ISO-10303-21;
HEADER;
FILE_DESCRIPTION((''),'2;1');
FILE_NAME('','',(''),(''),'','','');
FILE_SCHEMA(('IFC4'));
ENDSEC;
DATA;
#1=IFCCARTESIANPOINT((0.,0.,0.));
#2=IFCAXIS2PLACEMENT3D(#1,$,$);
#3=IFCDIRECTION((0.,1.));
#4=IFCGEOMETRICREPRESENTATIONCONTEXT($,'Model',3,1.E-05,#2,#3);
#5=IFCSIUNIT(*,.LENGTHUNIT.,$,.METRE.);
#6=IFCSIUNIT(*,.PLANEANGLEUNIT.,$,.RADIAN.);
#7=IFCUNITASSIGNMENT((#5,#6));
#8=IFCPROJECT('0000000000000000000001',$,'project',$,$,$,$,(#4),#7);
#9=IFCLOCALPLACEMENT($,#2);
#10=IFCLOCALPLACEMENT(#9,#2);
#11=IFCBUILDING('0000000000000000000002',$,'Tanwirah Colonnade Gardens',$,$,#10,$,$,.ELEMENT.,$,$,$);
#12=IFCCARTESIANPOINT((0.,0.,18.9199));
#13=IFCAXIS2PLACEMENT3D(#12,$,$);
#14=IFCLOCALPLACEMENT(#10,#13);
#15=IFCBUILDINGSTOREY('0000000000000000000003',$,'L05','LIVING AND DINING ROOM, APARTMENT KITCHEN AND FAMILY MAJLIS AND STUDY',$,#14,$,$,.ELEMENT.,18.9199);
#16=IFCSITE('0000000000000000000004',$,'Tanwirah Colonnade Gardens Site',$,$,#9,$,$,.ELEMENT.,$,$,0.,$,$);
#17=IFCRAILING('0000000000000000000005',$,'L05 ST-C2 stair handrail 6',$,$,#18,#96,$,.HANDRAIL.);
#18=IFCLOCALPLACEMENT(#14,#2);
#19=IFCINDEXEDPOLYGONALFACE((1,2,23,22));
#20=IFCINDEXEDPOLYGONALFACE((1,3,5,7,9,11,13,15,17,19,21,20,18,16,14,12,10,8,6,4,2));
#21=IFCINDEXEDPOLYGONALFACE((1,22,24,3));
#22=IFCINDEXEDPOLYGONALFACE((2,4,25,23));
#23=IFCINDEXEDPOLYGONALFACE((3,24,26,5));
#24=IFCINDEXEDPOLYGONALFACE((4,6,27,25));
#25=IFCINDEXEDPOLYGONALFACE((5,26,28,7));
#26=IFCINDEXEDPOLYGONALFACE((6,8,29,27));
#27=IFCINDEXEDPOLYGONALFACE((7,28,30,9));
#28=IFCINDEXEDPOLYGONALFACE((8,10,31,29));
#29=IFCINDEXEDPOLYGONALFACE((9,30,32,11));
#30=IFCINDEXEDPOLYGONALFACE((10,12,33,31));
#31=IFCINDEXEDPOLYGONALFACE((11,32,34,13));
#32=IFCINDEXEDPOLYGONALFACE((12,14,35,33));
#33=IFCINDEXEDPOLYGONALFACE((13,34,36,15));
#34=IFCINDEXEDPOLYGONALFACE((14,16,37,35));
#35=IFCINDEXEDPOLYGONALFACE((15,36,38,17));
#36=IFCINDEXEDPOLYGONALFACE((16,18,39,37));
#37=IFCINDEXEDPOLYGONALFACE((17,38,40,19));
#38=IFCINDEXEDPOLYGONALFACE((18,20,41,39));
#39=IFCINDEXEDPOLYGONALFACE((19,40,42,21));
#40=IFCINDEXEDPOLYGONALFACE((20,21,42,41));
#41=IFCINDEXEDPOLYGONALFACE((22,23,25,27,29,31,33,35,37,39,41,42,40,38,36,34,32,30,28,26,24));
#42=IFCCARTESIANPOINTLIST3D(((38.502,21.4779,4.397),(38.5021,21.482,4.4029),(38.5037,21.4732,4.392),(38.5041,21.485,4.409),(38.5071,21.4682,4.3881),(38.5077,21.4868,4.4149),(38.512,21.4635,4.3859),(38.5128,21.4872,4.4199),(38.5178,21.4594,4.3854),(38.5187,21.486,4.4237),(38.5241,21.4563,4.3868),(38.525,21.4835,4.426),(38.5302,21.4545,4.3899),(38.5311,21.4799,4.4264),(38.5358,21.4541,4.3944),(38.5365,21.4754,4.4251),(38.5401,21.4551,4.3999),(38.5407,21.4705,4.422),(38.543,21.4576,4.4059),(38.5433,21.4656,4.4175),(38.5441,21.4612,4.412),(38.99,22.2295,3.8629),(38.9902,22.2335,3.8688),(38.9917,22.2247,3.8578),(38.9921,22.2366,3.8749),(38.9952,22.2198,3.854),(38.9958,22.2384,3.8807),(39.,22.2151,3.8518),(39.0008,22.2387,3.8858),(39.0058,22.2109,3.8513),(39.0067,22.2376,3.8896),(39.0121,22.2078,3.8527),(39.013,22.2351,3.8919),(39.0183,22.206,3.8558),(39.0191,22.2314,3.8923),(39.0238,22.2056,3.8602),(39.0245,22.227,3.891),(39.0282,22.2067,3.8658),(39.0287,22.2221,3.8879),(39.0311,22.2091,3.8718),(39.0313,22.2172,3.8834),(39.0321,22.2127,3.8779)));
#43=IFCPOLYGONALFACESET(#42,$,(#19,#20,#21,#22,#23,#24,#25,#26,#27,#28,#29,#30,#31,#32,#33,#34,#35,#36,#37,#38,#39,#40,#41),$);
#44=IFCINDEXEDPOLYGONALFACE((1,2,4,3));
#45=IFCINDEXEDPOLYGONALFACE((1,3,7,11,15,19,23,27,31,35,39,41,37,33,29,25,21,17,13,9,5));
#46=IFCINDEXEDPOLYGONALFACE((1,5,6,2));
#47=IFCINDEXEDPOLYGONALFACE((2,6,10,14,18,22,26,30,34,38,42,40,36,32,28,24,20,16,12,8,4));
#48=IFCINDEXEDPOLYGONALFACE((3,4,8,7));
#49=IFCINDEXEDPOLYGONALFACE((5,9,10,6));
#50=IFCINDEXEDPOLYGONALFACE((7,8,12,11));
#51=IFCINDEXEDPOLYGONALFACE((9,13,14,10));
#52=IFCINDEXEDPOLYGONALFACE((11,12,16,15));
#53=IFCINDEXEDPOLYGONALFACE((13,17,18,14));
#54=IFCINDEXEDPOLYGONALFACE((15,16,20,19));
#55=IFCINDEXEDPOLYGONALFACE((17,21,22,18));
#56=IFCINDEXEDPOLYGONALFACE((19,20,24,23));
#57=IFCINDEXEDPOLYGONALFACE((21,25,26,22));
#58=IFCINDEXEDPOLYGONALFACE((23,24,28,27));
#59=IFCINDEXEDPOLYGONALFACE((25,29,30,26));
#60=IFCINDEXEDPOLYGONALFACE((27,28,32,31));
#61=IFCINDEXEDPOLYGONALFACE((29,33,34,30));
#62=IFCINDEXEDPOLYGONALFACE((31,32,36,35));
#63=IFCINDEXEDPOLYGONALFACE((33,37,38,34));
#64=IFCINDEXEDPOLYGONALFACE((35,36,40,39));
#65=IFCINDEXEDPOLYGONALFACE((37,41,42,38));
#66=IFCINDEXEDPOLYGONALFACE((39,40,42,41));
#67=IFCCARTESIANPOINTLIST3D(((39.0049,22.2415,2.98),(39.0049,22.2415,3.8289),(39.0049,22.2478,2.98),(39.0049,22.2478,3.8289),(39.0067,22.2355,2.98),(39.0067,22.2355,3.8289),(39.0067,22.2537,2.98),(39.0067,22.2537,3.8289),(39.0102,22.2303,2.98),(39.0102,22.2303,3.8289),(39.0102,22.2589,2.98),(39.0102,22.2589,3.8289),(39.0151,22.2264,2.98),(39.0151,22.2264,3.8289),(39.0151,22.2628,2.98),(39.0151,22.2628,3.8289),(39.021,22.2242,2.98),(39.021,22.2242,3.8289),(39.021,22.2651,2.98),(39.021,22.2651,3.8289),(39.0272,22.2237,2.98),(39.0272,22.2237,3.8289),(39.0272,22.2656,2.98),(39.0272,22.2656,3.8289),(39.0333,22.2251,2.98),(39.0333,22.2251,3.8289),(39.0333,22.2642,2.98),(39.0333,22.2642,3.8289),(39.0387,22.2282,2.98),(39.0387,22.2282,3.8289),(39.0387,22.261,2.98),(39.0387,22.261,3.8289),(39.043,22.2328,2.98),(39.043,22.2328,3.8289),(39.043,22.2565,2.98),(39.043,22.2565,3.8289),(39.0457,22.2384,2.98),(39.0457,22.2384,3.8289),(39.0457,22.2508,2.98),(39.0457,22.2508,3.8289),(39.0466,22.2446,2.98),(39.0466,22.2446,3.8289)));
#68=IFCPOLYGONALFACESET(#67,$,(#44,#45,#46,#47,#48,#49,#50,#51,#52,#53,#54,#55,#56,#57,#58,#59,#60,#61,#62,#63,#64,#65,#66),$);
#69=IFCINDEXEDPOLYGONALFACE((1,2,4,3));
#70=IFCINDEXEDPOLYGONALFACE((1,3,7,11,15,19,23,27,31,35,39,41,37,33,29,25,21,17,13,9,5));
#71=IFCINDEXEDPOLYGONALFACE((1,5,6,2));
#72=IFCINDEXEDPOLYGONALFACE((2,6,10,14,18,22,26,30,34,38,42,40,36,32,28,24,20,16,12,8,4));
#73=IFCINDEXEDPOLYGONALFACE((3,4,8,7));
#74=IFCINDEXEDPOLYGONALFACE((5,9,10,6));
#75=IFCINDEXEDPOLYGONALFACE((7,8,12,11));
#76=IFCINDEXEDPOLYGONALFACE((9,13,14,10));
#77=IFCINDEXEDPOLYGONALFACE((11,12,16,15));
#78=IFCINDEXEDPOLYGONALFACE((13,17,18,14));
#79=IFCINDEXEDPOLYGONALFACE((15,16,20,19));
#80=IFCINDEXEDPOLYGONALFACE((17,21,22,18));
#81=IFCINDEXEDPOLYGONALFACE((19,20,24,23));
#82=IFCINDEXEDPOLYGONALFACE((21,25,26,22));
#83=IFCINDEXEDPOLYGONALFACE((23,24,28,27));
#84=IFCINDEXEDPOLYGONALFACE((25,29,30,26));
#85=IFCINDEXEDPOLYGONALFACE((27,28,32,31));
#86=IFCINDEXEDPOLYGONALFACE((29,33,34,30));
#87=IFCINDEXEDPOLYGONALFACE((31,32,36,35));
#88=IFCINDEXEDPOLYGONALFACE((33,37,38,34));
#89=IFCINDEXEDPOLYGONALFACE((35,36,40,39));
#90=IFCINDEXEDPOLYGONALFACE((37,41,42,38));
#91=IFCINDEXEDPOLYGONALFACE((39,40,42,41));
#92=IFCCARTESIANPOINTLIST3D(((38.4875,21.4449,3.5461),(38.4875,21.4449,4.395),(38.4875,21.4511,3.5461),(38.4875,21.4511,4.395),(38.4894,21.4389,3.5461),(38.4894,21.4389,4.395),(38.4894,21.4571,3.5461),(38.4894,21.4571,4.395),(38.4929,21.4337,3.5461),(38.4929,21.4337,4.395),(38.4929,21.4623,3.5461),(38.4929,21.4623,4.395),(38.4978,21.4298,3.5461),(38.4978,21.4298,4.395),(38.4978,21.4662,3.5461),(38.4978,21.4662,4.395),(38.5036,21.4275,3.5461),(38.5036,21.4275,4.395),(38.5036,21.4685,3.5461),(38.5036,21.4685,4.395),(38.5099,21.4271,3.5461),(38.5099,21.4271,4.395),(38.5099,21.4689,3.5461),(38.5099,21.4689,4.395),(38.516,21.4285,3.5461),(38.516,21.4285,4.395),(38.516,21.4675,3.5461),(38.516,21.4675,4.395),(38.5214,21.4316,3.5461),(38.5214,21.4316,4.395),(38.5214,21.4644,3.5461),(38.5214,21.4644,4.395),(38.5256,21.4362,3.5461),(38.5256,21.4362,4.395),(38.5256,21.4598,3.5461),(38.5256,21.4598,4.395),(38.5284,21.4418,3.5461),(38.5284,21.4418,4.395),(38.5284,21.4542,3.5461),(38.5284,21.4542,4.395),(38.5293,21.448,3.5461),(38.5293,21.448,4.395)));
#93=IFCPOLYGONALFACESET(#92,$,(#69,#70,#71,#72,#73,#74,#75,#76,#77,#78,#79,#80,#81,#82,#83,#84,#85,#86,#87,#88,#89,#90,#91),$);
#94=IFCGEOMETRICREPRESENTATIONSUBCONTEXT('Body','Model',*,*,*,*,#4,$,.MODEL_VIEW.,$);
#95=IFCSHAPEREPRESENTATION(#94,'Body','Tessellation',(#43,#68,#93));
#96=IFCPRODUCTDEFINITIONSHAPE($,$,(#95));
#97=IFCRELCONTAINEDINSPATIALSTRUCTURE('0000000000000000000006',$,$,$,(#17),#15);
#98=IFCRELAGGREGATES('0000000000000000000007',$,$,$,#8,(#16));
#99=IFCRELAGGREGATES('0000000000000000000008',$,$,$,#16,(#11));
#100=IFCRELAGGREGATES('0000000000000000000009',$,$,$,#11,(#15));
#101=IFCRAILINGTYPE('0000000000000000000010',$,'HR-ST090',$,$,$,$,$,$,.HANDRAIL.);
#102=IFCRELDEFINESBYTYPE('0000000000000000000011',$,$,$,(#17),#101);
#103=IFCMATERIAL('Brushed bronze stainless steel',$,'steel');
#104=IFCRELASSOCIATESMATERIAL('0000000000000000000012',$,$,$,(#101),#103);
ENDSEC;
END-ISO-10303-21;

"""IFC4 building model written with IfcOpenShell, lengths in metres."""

from ifc_helpers import new_model, si_unit, direction, frame, origin, origin_2d, place, context, subcontext, project, spatial, circle, extrude, material, type_object, element, save


model = new_model("IFC4")

# Units and contexts
model_context = context("Model", 3, precision=1e-05, world=origin(), true_north=direction((0.0, 1.0)))
body_context = subcontext(model_context, "Body", "Model", "MODEL_VIEW")
ifc_project = project(units=[si_unit("LENGTHUNIT", "METRE"), si_unit("PLANEANGLEUNIT", "RADIAN")], contexts=[model_context])

# Site, building, storey
site_placement = place(None, origin())
site = spatial("IfcSite", under=ifc_project, at=site_placement, Name="Tanwirah Colonnade Gardens Site", CompositionType="ELEMENT", RefElevation=0.0)
building_placement = place(site_placement, origin())
building = spatial("IfcBuilding", under=site, at=building_placement, Name="Tanwirah Colonnade Gardens", CompositionType="ELEMENT")
storey_placement = place(building_placement, frame((0.0, 0.0, 18.9199)))
storey = spatial("IfcBuildingStorey", under=building, at=storey_placement, Name="L05", Description="LIVING AND DINING ROOM, APARTMENT KITCHEN AND FAMILY MAJLIS AND STUDY", CompositionType="ELEMENT", Elevation=18.9199)

# Railing
ifc_material_1 = material(Name="Brushed bronze stainless steel", Category="steel")
railing_type_1 = type_object("IfcRailingType", Name="HR-ST090", PredefinedType="HANDRAIL", material=ifc_material_1)
railing_1_placement = place(storey_placement, frame((39.0256, 22.2446, 2.98)))
element("IfcRailing", 1, at=railing_1_placement, inside=storey, type_object=railing_type_1, Name="L05 ST-C2 stair handrail 6", PredefinedType="HANDRAIL", context=body_context, shape_type="SweptSolid", body=[
    extrude(circle(Radius=0.0239, at=origin_2d()), frame((-0.0146, -0.0225, 0.8918), z_axis=(-0.467837, -0.720411, 0.511993), x_axis=(0.838673, -0.544636, 0.0)), (0.0, 0.0, 1.0), 1.0432),
    extrude(circle(Radius=0.021, at=origin_2d()), origin(), (0.0, 0.0, 1.0), 0.8489),
    extrude(circle(Radius=0.021, at=origin_2d()), frame((-0.5173, -0.7966, 0.5662)), (0.0, 0.0, 1.0), 0.8489),
])

save(model, "model.ifc")
